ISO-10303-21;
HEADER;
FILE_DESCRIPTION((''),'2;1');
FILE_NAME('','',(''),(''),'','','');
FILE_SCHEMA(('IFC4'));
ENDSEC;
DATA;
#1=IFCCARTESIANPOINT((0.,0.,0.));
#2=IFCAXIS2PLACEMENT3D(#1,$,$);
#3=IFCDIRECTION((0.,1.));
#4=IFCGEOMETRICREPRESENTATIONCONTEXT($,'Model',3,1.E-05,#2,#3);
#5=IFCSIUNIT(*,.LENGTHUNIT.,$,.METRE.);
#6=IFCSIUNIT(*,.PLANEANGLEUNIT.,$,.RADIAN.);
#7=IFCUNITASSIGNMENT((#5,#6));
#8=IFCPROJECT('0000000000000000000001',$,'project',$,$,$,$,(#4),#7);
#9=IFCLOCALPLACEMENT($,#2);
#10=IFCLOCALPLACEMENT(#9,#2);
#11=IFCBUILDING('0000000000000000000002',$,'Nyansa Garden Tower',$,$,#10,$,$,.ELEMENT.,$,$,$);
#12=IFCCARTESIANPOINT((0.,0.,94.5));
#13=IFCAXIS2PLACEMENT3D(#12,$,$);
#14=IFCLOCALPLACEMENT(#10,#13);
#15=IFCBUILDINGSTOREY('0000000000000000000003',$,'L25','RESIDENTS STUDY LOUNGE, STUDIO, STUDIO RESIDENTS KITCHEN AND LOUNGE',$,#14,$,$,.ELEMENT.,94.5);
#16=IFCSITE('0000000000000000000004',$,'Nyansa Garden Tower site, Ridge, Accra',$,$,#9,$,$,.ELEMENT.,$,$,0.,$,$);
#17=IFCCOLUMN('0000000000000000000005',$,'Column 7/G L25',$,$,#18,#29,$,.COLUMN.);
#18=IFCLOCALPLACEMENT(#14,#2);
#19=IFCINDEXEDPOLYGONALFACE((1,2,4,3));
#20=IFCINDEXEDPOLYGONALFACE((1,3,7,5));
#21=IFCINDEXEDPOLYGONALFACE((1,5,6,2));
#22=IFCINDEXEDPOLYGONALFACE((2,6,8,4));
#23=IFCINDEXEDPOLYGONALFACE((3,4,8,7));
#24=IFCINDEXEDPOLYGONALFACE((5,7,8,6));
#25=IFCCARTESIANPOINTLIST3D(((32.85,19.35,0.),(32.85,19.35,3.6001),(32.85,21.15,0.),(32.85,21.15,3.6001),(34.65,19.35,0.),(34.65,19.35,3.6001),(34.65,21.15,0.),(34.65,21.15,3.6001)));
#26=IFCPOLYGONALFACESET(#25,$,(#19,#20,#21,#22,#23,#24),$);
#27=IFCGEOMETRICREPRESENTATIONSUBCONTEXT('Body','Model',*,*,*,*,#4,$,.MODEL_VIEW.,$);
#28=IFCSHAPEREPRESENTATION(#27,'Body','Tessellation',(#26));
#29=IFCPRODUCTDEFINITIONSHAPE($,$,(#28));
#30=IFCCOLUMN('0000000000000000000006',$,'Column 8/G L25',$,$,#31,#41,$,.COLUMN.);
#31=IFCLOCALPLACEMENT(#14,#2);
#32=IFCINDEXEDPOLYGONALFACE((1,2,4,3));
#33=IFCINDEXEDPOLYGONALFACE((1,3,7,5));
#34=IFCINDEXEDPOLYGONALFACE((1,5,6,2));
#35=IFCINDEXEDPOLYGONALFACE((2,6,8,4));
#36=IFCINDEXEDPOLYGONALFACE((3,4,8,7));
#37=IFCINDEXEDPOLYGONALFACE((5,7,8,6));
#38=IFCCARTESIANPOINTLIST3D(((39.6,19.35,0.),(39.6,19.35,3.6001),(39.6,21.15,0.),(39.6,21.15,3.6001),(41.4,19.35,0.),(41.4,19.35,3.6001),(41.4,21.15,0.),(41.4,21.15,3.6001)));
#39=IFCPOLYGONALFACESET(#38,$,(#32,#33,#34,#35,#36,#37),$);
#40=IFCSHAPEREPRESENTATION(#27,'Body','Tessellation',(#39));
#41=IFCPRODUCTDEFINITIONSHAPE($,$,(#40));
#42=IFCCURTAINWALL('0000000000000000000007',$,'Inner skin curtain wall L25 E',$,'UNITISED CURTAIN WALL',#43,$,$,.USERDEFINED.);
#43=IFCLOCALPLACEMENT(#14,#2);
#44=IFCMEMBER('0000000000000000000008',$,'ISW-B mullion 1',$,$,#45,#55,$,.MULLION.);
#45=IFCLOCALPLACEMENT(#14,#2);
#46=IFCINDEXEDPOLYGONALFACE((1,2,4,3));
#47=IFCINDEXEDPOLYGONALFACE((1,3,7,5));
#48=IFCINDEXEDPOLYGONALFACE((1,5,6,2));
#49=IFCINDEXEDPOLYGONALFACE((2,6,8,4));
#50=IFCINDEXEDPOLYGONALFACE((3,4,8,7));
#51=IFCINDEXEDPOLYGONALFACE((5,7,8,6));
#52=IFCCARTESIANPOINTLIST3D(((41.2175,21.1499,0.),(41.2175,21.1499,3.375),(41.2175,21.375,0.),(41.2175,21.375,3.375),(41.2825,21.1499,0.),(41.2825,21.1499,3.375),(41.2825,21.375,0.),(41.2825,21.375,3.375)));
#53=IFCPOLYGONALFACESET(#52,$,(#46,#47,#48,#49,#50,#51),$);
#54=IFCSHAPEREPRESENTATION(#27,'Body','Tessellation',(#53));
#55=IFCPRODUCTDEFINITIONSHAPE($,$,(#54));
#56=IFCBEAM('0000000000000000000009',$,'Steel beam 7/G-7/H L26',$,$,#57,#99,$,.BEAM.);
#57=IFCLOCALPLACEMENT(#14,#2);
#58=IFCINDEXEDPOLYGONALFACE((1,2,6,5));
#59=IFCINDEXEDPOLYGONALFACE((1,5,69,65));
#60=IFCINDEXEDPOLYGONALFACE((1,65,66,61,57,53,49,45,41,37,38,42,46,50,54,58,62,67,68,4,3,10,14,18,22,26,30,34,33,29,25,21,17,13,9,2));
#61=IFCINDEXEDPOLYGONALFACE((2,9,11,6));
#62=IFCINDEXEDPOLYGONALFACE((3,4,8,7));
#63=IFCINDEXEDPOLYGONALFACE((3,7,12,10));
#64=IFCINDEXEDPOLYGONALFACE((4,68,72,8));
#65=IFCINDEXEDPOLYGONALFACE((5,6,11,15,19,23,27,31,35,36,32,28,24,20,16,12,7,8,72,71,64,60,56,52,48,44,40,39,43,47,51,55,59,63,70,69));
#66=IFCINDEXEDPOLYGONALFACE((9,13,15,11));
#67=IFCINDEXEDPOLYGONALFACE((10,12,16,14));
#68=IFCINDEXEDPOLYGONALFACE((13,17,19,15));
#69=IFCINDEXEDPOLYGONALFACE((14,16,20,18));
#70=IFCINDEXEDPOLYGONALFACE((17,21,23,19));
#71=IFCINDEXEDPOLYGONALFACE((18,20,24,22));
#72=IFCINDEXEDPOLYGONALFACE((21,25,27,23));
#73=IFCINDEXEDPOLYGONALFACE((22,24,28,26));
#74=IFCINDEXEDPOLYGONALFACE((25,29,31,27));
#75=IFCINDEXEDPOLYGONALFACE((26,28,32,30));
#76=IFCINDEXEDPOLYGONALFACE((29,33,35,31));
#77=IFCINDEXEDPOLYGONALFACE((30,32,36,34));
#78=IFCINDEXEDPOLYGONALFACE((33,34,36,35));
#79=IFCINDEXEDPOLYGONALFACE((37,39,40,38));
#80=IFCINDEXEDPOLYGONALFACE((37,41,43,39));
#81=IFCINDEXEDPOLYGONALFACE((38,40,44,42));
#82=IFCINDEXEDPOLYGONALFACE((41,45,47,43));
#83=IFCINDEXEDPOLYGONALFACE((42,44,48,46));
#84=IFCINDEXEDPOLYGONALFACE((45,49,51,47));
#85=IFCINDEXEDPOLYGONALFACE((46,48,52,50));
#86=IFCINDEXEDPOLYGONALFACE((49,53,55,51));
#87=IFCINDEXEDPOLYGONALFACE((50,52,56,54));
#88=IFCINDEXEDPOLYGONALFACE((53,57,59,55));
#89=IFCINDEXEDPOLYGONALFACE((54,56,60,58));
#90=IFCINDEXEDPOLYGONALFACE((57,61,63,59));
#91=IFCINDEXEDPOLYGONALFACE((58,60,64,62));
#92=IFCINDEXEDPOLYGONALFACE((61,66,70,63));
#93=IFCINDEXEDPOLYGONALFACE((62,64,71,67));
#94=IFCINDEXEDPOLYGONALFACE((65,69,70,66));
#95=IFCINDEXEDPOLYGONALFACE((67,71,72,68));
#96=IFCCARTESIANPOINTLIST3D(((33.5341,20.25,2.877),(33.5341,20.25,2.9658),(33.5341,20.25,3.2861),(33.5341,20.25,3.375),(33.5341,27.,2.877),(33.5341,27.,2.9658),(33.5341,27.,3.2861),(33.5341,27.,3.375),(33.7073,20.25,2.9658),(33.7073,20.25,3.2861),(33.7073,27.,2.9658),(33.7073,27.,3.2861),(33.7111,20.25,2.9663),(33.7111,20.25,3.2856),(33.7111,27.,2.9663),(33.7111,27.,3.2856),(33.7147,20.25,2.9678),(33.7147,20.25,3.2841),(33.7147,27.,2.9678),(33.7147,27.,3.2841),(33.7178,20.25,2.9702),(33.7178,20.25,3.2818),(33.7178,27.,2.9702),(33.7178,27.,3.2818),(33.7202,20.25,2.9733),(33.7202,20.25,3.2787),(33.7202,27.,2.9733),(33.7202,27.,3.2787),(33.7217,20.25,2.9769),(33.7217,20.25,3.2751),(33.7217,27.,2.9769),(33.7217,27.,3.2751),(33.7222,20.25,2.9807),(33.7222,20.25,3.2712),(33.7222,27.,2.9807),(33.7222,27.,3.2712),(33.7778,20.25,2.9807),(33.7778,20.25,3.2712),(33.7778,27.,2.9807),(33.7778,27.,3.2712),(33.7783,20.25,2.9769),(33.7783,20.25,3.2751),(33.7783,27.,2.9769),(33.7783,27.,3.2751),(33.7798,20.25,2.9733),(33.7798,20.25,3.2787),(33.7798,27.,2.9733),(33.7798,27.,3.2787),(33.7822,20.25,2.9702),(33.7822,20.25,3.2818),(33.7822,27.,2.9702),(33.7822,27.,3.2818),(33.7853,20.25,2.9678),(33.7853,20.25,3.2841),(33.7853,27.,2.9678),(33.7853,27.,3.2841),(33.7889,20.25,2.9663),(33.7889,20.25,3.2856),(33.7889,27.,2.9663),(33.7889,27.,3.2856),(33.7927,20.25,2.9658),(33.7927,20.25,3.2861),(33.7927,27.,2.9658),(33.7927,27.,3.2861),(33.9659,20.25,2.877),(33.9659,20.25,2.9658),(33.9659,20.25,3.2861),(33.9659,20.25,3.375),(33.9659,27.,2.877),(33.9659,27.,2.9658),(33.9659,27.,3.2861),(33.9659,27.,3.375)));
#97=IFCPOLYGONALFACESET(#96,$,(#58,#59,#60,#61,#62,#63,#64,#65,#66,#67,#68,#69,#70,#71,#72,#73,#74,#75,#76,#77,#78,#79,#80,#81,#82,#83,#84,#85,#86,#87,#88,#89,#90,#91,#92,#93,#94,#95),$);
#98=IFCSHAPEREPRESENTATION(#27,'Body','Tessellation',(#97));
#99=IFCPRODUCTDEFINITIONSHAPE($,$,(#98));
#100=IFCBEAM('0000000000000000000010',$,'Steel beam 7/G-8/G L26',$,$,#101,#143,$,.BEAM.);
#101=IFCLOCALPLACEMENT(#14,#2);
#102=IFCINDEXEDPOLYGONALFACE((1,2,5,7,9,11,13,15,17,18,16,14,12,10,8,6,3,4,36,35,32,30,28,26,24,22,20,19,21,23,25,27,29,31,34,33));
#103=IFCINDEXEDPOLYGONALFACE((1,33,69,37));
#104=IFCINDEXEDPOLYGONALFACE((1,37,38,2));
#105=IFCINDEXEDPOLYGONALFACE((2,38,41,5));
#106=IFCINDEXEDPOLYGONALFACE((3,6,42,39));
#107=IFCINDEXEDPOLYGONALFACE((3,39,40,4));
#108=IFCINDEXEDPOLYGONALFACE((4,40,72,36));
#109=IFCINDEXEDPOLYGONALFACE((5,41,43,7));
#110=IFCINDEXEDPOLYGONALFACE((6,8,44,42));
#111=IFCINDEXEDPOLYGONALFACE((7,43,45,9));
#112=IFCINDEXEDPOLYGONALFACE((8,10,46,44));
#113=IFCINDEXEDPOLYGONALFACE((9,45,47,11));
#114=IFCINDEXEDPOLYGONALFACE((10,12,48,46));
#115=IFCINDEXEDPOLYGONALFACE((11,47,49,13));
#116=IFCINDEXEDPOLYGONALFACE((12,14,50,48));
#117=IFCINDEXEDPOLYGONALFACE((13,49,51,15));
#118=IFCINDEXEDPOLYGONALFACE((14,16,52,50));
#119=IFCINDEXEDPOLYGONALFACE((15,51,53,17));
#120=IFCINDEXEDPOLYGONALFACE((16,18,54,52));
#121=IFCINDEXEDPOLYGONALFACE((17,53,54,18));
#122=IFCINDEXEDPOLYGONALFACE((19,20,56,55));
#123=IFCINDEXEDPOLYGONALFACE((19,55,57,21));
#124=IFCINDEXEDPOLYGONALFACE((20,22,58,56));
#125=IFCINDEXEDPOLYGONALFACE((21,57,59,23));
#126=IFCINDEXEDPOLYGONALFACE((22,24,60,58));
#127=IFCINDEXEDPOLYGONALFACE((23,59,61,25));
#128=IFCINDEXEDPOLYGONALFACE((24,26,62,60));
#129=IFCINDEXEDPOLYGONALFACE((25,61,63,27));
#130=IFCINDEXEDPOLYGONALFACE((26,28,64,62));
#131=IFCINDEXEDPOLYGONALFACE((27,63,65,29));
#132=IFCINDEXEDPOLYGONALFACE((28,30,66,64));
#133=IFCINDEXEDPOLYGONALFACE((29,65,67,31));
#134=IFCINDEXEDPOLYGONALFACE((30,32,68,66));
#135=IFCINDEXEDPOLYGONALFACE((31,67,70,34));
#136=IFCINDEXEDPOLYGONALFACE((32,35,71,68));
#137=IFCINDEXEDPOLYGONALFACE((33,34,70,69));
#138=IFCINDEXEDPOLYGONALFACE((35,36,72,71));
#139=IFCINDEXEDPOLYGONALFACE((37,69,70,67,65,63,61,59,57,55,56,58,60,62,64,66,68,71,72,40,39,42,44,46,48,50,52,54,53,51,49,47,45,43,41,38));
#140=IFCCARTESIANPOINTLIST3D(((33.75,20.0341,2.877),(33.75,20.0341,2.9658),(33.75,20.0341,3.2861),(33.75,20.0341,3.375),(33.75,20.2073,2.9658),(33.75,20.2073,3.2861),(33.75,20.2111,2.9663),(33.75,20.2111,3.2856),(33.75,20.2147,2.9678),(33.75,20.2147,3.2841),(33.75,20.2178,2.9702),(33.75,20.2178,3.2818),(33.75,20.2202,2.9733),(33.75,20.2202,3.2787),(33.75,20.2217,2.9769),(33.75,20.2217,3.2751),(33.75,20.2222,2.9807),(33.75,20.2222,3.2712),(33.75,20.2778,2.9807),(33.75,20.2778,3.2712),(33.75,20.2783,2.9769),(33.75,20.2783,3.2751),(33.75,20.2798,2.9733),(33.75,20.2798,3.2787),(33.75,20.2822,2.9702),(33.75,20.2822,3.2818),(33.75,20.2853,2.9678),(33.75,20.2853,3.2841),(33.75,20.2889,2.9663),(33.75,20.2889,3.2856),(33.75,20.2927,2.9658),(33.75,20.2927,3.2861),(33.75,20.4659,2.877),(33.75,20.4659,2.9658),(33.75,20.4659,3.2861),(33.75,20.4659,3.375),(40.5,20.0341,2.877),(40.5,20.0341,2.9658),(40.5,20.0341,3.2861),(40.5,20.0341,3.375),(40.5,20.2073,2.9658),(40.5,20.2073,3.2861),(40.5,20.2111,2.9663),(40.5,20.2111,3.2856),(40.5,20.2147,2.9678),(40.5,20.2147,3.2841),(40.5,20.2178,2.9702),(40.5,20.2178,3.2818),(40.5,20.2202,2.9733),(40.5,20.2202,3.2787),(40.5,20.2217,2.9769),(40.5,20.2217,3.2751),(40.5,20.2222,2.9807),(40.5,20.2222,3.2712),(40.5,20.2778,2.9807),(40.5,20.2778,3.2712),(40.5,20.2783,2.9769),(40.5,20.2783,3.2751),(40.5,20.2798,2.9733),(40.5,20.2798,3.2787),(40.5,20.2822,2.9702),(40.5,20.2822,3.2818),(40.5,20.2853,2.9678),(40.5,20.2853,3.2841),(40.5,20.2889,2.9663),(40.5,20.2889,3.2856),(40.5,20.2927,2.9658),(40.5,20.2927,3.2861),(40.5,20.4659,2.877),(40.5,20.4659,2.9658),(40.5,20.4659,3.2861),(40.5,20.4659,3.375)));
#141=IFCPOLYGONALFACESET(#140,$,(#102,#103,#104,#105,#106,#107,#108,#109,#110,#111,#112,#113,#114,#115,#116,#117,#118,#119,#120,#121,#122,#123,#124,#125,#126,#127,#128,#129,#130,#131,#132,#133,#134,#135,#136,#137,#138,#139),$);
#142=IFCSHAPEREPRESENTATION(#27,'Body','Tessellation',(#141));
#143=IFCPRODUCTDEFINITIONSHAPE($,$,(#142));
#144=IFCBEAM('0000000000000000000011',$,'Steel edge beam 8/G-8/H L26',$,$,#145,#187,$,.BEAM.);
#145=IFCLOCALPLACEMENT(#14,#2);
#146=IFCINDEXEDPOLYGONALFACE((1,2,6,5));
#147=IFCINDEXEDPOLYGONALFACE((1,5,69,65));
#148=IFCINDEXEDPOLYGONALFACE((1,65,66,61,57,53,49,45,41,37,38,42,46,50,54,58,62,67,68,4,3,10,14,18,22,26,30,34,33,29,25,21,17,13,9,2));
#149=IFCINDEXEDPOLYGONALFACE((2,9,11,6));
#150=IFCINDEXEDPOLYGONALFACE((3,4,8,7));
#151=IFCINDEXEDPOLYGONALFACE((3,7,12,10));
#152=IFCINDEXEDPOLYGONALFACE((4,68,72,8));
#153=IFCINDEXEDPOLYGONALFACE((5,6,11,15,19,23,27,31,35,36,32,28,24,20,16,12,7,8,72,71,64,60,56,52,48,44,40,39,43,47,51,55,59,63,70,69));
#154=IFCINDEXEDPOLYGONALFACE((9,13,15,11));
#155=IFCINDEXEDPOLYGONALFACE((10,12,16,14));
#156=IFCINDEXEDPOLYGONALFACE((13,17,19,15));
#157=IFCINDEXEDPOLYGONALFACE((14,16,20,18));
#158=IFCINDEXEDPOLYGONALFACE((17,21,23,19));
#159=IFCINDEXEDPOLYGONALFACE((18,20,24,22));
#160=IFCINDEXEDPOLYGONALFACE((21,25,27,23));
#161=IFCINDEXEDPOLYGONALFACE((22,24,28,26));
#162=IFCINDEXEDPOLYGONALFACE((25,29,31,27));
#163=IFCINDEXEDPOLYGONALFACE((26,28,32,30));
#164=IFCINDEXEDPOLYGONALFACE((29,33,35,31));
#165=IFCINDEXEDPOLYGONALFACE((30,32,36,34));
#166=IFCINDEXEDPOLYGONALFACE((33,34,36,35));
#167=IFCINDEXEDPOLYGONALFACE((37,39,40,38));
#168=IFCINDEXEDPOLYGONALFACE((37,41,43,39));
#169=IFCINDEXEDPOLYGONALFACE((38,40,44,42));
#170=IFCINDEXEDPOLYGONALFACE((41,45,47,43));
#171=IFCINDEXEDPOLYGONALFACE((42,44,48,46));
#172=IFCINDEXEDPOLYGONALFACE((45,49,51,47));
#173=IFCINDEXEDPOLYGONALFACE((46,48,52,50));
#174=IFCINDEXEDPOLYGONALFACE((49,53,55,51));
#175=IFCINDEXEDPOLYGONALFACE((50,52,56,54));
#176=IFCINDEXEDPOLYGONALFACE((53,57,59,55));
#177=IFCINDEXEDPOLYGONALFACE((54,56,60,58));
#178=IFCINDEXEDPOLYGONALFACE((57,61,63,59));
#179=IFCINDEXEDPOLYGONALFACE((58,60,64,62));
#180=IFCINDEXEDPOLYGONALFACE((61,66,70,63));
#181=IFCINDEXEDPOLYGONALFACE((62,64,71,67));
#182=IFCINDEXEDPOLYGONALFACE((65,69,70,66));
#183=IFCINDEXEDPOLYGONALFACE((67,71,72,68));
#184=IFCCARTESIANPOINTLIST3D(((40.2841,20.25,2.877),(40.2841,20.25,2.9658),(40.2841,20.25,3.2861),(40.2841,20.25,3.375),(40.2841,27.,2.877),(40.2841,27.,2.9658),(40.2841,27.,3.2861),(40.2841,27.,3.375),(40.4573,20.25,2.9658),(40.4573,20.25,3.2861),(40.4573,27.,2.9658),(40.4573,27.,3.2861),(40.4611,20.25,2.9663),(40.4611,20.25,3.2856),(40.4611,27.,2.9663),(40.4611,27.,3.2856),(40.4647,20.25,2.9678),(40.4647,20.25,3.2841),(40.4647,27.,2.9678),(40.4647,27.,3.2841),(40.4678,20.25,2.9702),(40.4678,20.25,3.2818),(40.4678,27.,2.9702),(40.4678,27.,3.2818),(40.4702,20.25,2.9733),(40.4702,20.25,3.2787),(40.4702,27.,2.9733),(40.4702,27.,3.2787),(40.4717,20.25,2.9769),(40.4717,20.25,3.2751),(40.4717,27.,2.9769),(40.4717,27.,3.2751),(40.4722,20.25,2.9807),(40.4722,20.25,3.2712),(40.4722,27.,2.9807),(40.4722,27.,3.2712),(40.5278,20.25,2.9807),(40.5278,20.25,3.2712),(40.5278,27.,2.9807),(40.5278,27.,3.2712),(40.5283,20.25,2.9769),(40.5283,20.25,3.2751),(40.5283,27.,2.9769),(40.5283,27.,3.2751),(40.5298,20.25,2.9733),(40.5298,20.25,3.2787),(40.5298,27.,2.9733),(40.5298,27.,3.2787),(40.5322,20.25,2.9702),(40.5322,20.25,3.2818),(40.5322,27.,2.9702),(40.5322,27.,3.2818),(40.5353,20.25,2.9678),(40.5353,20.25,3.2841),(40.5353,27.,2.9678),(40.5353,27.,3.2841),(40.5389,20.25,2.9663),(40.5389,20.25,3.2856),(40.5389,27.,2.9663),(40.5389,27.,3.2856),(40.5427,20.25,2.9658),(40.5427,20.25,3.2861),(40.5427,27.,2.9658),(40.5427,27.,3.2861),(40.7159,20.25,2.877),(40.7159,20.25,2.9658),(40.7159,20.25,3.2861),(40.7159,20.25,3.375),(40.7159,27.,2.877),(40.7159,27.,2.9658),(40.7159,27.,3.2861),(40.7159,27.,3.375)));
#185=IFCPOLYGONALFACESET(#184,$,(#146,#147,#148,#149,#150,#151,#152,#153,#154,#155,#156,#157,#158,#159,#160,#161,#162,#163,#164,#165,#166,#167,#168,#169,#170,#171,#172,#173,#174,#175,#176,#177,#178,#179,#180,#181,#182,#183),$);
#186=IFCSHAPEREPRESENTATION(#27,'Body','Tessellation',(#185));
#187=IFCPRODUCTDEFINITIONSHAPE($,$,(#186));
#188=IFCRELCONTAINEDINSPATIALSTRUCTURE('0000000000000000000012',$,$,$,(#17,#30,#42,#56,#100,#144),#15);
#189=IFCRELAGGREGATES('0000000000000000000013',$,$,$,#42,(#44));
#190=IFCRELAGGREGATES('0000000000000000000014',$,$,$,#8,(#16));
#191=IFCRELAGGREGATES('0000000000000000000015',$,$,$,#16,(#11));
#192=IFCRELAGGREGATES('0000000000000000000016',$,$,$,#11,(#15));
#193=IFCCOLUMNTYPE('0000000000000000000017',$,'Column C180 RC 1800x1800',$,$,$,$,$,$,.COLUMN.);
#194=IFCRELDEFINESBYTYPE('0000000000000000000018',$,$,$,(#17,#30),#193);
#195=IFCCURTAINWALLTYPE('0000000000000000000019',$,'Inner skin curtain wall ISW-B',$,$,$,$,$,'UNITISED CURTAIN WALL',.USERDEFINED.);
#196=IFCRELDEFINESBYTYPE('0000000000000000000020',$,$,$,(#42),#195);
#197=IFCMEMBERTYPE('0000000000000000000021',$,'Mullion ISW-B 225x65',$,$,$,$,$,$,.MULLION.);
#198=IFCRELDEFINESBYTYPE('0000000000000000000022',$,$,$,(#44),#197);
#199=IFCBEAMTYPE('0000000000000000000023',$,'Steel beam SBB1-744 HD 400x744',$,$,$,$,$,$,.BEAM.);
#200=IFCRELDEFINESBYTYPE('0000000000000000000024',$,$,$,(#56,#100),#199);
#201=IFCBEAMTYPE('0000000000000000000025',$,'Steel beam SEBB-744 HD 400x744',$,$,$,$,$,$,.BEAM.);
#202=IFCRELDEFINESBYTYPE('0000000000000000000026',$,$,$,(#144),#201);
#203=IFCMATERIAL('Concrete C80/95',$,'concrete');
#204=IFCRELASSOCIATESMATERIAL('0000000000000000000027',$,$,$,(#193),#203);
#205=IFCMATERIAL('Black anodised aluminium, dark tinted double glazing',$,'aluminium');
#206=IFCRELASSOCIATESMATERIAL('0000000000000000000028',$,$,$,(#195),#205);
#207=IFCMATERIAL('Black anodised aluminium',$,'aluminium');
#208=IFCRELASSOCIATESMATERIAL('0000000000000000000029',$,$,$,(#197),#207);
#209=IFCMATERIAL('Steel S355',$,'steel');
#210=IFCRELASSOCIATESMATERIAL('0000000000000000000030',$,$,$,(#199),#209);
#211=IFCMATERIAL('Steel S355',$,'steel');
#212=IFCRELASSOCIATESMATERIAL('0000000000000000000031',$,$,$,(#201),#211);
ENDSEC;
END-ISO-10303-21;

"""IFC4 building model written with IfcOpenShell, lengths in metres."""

from ifc_helpers import new_model, si_unit, direction, frame, origin, origin_2d, place, context, subcontext, project, spatial, rectangle, i_section, extrude, material, material_profile, profile_set, type_object, element, aggregate, save


model = new_model("IFC4")

# Units and contexts
model_context = context("Model", 3, precision=1e-05, world=origin(), true_north=direction((0.0, 1.0)))
body_context = subcontext(model_context, "Body", "Model", "MODEL_VIEW")
ifc_project = project(units=[si_unit("LENGTHUNIT", "METRE"), si_unit("PLANEANGLEUNIT", "RADIAN")], contexts=[model_context])

# Site, building, storey
site_placement = place(None, origin())
site = spatial("IfcSite", under=ifc_project, at=site_placement, Name="Nyansa Garden Tower site, Ridge, Accra", CompositionType="ELEMENT", RefElevation=0.0)
building_placement = place(site_placement, origin())
building = spatial("IfcBuilding", under=site, at=building_placement, Name="Nyansa Garden Tower", CompositionType="ELEMENT")
storey_placement = place(building_placement, frame((0.0, 0.0, 94.5)))
storey = spatial("IfcBuildingStorey", under=building, at=storey_placement, Name="L25", Description="RESIDENTS STUDY LOUNGE, STUDIO, STUDIO RESIDENTS KITCHEN AND LOUNGE", CompositionType="ELEMENT", Elevation=94.5)

# Columns
ifc_material_1 = material(Name="Concrete C80/95", Category="concrete")
ifc_material_profile_1 = material_profile(ifc_material_1, rectangle(XDim=1.8, YDim=1.8, at=origin_2d()), Name="RC 1800x1800")
ifc_profile_set_1 = profile_set([ifc_material_profile_1], Name="Concrete C80/95")
column_type = type_object("IfcColumnType", Name="Column C180 RC 1800x1800", PredefinedType="COLUMN", material=ifc_profile_set_1)
for number, where, z_axis, x_axis, name in (
    (1, (33.75, 20.25, 0.0), (0.0, 0.0, 1.0), (1.0, 0.0, 0.0), "Column 7/G L25"),
    (2, (40.5, 20.25, 0.0), (0.0, 0.0, 1.0), (1.0, 0.0, 0.0), "Column 8/G L25"),
):
    element("IfcColumn", number, at=place(storey_placement, frame(where, z_axis=z_axis, x_axis=x_axis)), inside=storey, type_object=column_type, Name=name, PredefinedType="COLUMN", context=body_context, shape_type="SweptSolid", body=[
        extrude(rectangle(XDim=1.8, YDim=1.8, at=origin_2d()), origin(), (0.0, 0.0, 1.0), 3.6001),
    ])

# Curtain wall, member
ifc_material_2 = material(Name="Black anodised aluminium, dark tinted double glazing", Category="aluminium")
curtain_wall_type = type_object("IfcCurtainWallType", Name="Inner skin curtain wall ISW-B", ElementType="UNITISED CURTAIN WALL", PredefinedType="USERDEFINED", material=ifc_material_2)
curtain_wall_placement = place(storey_placement, origin())
curtain_wall = element("IfcCurtainWall", 3, at=curtain_wall_placement, inside=storey, type_object=curtain_wall_type, Name="Inner skin curtain wall L25 E", ObjectType="UNITISED CURTAIN WALL", PredefinedType="USERDEFINED")
ifc_material_3 = material(Name="Black anodised aluminium", Category="aluminium")
ifc_material_profile_2 = material_profile(ifc_material_3, rectangle(XDim=0.0649, YDim=0.2251, at=origin_2d()), Name="Mullion 225x65")
ifc_profile_set_2 = profile_set([ifc_material_profile_2], Name="Black anodised aluminium")
member_type_1 = type_object("IfcMemberType", Name="Mullion ISW-B 225x65", PredefinedType="MULLION", material=ifc_profile_set_2)
member_1_placement = place(storey_placement, frame((41.25, 21.2625, 0.0), z_axis=(0.0, 0.0, 1.0), x_axis=(-1.0, 0.0, 0.0)))
member_1 = element("IfcMember", 4, at=member_1_placement, type_object=member_type_1, Name="ISW-B mullion 1", PredefinedType="MULLION", context=body_context, shape_type="SweptSolid", body=[
    extrude(rectangle(XDim=0.0649, YDim=0.2251, at=origin_2d()), origin(), (0.0, 0.0, 1.0), 3.375),
])

# Beams
ifc_material_4 = material(Name="Steel S355", Category="steel")
ifc_material_profile_3 = material_profile(ifc_material_4, i_section(OverallWidth=0.4319, OverallDepth=0.498, WebThickness=0.0557, FlangeThickness=0.0889, FilletRadius=0.0149, at=origin_2d()), Name="HD 400x744")
ifc_profile_set_3 = profile_set([ifc_material_profile_3], Name="Steel S355")
beam_type_1 = type_object("IfcBeamType", Name="Steel beam SBB1-744 HD 400x744", PredefinedType="BEAM", material=ifc_profile_set_3)
for number, where, z_axis, x_axis, name in (
    (5, (33.75, 20.25, 3.126), (0.0, 1.0, 0.0), (-1.0, 0.0, 0.0), "Steel beam 7/G-7/H L26"),
    (6, (33.75, 20.25, 3.126), (1.0, 0.0, 0.0), (0.0, 1.0, 0.0), "Steel beam 7/G-8/G L26"),
):
    element("IfcBeam", number, at=place(storey_placement, frame(where, z_axis=z_axis, x_axis=x_axis)), inside=storey, type_object=beam_type_1, Name=name, PredefinedType="BEAM", context=body_context, shape_type="SweptSolid", body=[
        extrude(i_section(OverallWidth=0.4319, OverallDepth=0.498, WebThickness=0.0557, FlangeThickness=0.0889, FilletRadius=0.0149, at=origin_2d()), origin(), (0.0, 0.0, 1.0), 6.75),
    ])
ifc_material_5 = material(Name="Steel S355", Category="steel")
ifc_material_profile_4 = material_profile(ifc_material_5, i_section(OverallWidth=0.4319, OverallDepth=0.498, WebThickness=0.0557, FlangeThickness=0.0889, FilletRadius=0.0149, at=origin_2d()), Name="HD 400x744")
ifc_profile_set_4 = profile_set([ifc_material_profile_4], Name="Steel S355")
beam_type_2 = type_object("IfcBeamType", Name="Steel beam SEBB-744 HD 400x744", PredefinedType="BEAM", material=ifc_profile_set_4)
beam_placement = place(storey_placement, frame((40.5, 20.25, 3.126), z_axis=(0.0, 1.0, 0.0), x_axis=(-1.0, 0.0, 0.0)))
element("IfcBeam", 7, at=beam_placement, inside=storey, type_object=beam_type_2, Name="Steel edge beam 8/G-8/H L26", PredefinedType="BEAM", context=body_context, shape_type="SweptSolid", body=[
    extrude(i_section(OverallWidth=0.4319, OverallDepth=0.498, WebThickness=0.0557, FlangeThickness=0.0889, FilletRadius=0.0149, at=origin_2d()), origin(), (0.0, 0.0, 1.0), 6.75),
])

aggregate(curtain_wall, [member_1])

save(model, "model.ifc")
